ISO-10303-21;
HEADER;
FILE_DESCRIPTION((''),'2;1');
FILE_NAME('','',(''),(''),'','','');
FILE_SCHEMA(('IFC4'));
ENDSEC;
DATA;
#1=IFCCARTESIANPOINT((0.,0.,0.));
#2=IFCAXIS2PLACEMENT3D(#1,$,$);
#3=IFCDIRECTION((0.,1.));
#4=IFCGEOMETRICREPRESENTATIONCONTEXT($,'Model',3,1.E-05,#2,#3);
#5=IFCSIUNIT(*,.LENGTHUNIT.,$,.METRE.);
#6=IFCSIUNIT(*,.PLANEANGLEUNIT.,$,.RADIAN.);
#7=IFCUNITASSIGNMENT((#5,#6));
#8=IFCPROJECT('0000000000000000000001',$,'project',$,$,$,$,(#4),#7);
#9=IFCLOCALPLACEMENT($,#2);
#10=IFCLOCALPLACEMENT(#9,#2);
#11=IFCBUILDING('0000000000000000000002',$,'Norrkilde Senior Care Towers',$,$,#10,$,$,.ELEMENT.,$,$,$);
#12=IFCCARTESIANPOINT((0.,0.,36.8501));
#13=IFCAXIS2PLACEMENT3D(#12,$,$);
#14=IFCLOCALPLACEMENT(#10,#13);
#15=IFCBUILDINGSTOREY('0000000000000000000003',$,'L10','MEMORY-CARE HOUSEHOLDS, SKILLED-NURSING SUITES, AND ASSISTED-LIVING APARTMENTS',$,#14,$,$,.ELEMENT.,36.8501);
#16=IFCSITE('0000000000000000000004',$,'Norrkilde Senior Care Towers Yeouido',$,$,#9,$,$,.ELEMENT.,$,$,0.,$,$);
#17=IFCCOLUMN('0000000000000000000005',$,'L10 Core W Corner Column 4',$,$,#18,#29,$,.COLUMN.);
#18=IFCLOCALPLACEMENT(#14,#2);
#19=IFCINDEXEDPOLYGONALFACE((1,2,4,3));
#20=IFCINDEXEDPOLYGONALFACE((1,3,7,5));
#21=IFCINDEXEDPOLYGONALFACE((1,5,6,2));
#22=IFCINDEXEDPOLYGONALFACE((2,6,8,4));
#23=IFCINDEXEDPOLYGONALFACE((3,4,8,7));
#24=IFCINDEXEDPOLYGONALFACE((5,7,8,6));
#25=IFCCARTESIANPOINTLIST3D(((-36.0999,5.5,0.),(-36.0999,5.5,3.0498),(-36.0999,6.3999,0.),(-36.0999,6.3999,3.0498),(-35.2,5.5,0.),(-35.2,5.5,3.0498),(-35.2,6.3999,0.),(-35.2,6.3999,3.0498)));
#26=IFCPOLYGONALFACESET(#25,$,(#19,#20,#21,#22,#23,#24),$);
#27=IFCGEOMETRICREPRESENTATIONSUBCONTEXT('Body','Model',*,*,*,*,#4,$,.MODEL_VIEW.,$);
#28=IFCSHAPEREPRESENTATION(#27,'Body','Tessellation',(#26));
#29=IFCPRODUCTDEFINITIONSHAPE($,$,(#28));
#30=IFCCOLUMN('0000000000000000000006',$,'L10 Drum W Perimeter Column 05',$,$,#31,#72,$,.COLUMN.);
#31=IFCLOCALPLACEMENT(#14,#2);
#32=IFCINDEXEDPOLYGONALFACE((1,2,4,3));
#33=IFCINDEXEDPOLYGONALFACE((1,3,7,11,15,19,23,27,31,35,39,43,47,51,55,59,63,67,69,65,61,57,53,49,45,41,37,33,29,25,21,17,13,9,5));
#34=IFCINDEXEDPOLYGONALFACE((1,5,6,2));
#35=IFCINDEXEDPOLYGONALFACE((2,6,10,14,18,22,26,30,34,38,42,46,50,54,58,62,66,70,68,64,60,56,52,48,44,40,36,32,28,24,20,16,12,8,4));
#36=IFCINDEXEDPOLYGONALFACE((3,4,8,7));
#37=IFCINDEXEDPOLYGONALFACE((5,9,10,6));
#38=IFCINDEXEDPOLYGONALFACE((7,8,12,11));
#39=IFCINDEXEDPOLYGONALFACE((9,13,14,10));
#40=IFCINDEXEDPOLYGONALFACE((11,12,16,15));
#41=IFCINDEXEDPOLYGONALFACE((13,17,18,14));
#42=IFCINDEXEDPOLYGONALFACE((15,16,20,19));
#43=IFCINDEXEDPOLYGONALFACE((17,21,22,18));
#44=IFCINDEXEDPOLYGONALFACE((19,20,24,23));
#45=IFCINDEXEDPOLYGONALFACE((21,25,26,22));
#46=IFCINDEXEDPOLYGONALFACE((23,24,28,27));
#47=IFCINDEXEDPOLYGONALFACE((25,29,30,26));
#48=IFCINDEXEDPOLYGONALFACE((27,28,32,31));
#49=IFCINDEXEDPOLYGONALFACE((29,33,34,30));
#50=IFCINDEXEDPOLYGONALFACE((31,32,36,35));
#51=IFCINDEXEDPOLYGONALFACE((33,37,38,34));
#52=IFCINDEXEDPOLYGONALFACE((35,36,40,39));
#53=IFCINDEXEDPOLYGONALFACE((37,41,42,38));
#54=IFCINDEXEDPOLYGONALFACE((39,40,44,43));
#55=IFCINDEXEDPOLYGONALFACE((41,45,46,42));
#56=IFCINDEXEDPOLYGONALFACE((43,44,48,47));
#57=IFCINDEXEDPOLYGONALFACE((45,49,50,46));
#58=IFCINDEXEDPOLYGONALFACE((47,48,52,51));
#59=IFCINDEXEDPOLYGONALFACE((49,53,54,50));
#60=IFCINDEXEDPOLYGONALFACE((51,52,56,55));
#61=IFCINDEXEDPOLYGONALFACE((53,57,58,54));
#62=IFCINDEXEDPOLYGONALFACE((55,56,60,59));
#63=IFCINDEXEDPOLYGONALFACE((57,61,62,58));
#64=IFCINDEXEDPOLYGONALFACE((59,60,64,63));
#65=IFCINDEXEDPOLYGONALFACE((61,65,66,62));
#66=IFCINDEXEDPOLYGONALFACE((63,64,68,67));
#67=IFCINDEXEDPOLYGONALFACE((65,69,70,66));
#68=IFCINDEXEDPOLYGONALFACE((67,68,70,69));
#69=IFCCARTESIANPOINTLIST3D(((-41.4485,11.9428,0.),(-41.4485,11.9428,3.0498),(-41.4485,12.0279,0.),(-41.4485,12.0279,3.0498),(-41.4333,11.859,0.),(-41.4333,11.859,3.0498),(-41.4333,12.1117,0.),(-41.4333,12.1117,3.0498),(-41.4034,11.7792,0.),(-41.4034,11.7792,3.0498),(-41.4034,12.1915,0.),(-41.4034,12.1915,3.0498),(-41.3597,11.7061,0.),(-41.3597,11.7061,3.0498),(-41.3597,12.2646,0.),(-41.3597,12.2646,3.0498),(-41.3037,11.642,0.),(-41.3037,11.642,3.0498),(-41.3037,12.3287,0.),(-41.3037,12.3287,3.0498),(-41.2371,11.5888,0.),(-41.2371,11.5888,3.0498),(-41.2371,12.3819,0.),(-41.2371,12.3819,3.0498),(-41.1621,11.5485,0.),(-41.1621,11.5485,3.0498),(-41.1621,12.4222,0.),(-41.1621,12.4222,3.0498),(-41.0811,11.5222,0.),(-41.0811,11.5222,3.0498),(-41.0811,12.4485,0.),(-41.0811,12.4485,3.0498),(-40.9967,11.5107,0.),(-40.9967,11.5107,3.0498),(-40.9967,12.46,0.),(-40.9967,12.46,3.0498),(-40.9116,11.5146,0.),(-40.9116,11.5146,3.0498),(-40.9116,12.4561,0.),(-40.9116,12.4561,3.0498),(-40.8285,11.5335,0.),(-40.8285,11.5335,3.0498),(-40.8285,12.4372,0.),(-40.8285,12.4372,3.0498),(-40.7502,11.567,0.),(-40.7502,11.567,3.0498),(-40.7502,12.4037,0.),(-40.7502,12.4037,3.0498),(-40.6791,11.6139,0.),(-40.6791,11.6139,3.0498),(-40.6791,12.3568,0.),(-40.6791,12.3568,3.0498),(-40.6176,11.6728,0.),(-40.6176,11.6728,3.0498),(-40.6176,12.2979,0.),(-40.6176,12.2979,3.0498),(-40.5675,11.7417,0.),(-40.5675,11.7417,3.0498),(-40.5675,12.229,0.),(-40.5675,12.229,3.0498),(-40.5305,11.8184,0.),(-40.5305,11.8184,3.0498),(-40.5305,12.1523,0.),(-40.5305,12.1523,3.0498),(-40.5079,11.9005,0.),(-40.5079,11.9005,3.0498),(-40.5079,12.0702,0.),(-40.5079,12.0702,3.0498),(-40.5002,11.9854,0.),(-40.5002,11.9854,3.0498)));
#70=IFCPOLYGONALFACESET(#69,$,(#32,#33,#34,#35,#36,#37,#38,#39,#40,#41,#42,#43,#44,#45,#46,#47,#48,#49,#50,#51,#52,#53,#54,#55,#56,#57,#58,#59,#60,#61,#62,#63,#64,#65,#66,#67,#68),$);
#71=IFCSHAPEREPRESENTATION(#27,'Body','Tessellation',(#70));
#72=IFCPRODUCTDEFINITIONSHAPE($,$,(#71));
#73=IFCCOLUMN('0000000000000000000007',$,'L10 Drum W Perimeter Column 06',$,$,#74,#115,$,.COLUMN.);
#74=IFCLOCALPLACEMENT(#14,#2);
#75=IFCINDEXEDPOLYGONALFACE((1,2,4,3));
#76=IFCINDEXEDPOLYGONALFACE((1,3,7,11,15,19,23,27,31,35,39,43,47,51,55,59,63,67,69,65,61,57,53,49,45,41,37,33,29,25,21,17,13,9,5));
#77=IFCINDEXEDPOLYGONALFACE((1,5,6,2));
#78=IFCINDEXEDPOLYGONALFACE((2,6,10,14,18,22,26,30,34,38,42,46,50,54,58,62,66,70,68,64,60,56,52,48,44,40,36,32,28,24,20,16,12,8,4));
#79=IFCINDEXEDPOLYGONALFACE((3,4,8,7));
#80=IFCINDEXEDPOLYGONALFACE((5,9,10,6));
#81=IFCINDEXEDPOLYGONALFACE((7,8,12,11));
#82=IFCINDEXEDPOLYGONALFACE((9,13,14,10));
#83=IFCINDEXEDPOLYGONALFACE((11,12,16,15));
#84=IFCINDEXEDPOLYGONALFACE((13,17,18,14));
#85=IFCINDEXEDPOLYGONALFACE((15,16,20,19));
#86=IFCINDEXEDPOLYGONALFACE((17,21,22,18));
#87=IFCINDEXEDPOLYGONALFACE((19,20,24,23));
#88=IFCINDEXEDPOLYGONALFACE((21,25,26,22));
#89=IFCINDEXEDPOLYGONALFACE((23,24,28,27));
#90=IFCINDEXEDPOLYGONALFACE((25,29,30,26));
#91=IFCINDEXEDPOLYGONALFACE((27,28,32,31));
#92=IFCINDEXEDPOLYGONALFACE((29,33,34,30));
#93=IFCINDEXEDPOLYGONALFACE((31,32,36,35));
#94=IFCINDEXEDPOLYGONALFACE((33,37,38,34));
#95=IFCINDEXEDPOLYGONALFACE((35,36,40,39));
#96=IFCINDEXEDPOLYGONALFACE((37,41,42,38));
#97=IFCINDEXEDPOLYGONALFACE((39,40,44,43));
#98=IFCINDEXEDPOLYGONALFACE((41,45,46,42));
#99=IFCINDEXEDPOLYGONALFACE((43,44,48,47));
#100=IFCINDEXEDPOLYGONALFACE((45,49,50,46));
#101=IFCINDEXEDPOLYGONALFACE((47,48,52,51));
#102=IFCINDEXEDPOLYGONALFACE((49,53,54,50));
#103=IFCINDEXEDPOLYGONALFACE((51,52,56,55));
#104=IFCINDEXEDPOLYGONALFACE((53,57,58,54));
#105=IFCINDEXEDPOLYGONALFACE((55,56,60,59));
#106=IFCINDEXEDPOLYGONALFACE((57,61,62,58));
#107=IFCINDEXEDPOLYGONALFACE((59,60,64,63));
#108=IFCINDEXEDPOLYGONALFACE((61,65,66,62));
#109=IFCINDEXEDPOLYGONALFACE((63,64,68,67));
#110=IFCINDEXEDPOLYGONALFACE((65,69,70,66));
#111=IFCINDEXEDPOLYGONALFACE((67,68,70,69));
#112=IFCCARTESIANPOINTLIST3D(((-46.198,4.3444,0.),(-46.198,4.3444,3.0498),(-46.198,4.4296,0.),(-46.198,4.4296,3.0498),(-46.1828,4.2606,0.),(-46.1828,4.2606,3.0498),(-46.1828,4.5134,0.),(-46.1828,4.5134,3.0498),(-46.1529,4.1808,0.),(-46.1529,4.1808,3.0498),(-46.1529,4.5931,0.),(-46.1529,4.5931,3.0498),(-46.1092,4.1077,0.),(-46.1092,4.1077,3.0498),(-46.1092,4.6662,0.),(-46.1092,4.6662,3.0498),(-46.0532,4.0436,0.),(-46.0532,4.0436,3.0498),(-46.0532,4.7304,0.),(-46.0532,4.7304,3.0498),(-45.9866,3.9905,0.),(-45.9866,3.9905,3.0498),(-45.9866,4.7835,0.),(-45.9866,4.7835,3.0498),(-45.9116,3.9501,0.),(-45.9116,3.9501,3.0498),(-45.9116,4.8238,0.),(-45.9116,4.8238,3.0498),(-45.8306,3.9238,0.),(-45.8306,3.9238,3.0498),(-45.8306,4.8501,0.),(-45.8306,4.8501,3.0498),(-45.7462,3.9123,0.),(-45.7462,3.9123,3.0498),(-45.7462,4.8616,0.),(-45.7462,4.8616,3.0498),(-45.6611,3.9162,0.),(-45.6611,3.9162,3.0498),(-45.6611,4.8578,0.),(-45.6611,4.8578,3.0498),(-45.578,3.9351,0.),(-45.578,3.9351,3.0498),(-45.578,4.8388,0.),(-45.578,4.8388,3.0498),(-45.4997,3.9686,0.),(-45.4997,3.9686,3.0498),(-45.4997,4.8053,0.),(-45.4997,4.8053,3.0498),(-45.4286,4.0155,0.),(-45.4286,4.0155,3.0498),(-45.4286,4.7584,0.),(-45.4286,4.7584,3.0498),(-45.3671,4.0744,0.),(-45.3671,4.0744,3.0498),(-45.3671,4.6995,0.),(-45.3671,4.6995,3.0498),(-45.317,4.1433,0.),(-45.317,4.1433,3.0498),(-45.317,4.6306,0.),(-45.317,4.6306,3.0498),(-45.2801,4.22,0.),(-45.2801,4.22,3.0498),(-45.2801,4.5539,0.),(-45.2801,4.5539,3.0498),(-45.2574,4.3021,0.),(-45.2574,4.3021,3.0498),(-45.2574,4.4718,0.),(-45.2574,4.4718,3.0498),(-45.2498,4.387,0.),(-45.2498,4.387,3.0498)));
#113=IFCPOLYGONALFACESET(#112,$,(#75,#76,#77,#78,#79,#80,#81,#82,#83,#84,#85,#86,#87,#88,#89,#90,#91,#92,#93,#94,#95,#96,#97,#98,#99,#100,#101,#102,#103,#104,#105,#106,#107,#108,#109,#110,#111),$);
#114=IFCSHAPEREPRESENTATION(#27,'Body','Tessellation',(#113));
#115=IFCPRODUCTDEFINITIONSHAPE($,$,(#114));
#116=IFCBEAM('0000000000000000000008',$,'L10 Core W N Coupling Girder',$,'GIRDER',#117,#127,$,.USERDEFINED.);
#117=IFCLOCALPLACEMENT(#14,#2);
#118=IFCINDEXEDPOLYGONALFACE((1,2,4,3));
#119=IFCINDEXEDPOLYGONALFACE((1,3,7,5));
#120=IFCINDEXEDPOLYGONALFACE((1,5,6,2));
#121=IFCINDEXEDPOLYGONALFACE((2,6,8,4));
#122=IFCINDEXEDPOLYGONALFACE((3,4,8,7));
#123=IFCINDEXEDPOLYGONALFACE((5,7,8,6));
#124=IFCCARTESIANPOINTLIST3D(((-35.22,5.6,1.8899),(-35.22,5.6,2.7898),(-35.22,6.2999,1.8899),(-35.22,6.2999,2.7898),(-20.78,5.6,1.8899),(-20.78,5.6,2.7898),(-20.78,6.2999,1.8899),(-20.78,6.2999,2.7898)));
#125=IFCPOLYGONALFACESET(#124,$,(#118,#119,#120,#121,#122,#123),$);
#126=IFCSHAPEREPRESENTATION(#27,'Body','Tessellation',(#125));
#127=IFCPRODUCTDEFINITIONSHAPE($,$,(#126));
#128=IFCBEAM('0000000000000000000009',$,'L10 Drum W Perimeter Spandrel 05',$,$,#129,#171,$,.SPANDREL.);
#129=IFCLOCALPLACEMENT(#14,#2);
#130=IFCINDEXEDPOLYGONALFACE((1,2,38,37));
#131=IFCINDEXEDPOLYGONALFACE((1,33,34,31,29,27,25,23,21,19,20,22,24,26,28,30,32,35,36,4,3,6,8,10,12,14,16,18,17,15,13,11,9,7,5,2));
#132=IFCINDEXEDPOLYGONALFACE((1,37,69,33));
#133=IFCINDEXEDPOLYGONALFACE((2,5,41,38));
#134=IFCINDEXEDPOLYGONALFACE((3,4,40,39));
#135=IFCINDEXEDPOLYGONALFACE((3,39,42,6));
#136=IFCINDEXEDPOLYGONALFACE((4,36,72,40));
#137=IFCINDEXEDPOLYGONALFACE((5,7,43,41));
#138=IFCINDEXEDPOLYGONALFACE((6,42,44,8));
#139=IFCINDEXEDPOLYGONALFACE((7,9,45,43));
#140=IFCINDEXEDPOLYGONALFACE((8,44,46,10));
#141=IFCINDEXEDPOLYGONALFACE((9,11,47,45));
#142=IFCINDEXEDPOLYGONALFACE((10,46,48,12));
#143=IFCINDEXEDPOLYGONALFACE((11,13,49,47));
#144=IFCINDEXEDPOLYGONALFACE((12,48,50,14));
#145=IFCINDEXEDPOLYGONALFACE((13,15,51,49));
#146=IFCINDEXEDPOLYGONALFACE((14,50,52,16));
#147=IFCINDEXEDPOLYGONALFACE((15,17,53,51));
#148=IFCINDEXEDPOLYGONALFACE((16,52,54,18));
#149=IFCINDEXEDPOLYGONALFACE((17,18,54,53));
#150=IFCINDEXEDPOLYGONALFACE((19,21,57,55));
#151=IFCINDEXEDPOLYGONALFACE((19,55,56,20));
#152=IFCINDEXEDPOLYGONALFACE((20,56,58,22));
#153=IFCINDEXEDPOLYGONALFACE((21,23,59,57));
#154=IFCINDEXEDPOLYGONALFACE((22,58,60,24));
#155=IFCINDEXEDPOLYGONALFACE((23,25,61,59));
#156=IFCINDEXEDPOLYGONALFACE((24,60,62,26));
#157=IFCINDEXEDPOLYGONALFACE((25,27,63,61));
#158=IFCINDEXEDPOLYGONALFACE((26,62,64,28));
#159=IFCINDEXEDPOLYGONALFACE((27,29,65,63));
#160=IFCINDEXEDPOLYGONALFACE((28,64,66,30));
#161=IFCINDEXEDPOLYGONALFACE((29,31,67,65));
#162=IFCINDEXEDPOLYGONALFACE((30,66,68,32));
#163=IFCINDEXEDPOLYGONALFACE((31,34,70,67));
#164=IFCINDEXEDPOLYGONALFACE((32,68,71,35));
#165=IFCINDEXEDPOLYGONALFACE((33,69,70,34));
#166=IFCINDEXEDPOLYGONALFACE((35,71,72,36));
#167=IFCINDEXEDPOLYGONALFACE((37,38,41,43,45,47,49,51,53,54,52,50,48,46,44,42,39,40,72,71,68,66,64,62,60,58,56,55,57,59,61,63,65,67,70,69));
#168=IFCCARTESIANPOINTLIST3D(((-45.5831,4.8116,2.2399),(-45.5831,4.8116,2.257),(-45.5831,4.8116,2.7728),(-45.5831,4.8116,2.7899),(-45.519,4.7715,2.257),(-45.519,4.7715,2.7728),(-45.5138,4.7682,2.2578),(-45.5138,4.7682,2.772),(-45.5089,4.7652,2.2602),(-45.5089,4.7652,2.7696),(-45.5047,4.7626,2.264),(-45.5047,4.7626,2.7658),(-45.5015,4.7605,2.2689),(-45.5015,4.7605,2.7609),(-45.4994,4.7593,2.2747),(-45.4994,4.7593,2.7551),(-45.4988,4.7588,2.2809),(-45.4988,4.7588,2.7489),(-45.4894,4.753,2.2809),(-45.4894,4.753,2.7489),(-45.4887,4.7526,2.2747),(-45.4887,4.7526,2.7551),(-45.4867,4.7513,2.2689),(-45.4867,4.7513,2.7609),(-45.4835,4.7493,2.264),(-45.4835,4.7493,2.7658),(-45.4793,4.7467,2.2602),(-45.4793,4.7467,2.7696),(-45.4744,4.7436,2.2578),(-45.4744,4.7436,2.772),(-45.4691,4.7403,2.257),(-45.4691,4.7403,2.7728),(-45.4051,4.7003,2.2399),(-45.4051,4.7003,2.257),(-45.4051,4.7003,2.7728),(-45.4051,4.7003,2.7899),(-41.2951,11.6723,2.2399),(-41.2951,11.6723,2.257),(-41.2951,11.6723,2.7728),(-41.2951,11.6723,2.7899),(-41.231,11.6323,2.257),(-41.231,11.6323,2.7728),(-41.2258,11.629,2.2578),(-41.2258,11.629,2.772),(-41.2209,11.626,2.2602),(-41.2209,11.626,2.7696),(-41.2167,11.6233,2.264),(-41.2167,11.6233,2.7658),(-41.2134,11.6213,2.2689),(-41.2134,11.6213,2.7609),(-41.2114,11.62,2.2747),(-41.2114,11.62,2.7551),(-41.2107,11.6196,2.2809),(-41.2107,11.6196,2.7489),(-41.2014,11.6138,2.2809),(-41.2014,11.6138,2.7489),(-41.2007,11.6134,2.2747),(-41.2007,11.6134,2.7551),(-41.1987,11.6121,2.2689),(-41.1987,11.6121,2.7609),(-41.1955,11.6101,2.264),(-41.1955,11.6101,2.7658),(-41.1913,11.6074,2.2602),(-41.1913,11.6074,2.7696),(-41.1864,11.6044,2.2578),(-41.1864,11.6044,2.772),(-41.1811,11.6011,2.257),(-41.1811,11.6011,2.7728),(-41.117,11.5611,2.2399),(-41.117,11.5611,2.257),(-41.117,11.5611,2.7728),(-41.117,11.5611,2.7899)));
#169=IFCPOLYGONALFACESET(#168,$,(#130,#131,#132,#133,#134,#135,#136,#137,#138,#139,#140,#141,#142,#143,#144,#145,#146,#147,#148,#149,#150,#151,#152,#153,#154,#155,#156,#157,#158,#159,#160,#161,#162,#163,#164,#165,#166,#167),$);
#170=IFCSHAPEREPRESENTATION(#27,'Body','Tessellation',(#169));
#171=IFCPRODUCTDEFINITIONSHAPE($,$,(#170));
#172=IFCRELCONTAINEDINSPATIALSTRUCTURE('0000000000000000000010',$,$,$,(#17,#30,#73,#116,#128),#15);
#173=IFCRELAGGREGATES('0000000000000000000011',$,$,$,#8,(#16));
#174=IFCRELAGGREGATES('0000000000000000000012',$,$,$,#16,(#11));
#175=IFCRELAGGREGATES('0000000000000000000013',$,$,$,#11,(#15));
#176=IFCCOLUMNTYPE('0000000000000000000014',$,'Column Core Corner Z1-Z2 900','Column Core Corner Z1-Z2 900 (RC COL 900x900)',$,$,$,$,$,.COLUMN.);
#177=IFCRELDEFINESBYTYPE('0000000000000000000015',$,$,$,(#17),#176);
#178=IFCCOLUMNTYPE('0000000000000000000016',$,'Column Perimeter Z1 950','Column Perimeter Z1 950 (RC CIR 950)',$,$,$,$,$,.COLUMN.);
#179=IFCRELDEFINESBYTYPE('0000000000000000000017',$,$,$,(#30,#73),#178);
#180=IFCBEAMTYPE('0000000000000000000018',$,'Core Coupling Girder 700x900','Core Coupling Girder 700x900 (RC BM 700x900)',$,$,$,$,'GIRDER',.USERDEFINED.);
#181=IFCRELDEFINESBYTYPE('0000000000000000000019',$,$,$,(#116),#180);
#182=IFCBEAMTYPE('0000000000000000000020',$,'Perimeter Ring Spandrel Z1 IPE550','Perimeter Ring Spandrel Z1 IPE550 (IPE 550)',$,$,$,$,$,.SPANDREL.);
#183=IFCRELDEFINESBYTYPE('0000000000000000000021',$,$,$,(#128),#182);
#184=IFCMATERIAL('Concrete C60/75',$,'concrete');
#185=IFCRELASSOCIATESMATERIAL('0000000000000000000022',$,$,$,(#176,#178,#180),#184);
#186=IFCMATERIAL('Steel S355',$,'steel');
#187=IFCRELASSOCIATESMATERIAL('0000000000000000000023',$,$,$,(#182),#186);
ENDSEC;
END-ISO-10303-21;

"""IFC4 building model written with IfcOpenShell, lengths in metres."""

from ifc_helpers import new_model, si_unit, direction, frame, origin, origin_2d, place, context, subcontext, project, spatial, rectangle, circle, i_section, extrude, source, transform, mapped, material, material_profile, profile_set, type_object, type_shapes, element, save


model = new_model("IFC4")

# Units and contexts
model_context = context("Model", 3, precision=1e-05, world=origin(), true_north=direction((0.0, 1.0)))
body_context = subcontext(model_context, "Body", "Model", "MODEL_VIEW")
ifc_project = project(units=[si_unit("LENGTHUNIT", "METRE"), si_unit("PLANEANGLEUNIT", "RADIAN")], contexts=[model_context])

# Site, building, storey
site_placement = place(None, origin())
site = spatial("IfcSite", under=ifc_project, at=site_placement, Name="Norrkilde Senior Care Towers Yeouido", CompositionType="ELEMENT", RefElevation=0.0)
building_placement = place(site_placement, origin())
building = spatial("IfcBuilding", under=site, at=building_placement, Name="Norrkilde Senior Care Towers", CompositionType="ELEMENT")
storey_placement = place(building_placement, frame((0.0, 0.0, 36.8501)))
storey = spatial("IfcBuildingStorey", under=building, at=storey_placement, Name="L10", Description="MEMORY-CARE HOUSEHOLDS, SKILLED-NURSING SUITES, AND ASSISTED-LIVING APARTMENTS", CompositionType="ELEMENT", Elevation=36.8501)

# Columns
ifc_material_1 = material(Name="Concrete C60/75", Category="concrete")
ifc_material_profile_1 = material_profile(ifc_material_1, rectangle(XDim=0.8999, YDim=0.8999, at=origin_2d()), Name="RC COL 900x900")
ifc_profile_set_1 = profile_set([ifc_material_profile_1], Name="Concrete C60/75")
column_type_1 = type_object("IfcColumnType", Name="Column Core Corner Z1-Z2 900", Description="Column Core Corner Z1-Z2 900 (RC COL 900x900)", PredefinedType="COLUMN", material=ifc_profile_set_1)
shared_shape_1 = source(origin(), body_context, "Body", "SweptSolid", [
    extrude(rectangle(XDim=0.8999, YDim=0.8999, at=origin_2d()), origin(), (0.0, 0.0, 1.0), 3.0498),
])
type_shapes(column_type_1, [shared_shape_1])
column_placement = place(storey_placement, frame((-35.6499, 5.95, 0.0), z_axis=(0.0, 0.0, 1.0), x_axis=(1.0, 0.0, 0.0)))
element("IfcColumn", 1, at=column_placement, inside=storey, type_object=column_type_1, Name="L10 Core W Corner Column 4", PredefinedType="COLUMN", context=body_context, shape_type="MappedRepresentation", body=[
    mapped(shared_shape_1, transform((0.0, 0.0, 0.0), x_axis=(1.0, 0.0, 0.0), y_axis=(0.0, 1.0, 0.0), z_axis=(0.0, 0.0, 1.0), scale=1.0)),
])
ifc_material_profile_2 = material_profile(ifc_material_1, circle(Radius=0.4751, at=origin_2d()), Name="RC CIR 950")
ifc_profile_set_2 = profile_set([ifc_material_profile_2], Name="Concrete C60/75")
column_type_2 = type_object("IfcColumnType", Name="Column Perimeter Z1 950", Description="Column Perimeter Z1 950 (RC CIR 950)", PredefinedType="COLUMN", material=ifc_profile_set_2)
shared_shape_2 = source(origin(), body_context, "Body", "SweptSolid", [
    extrude(circle(Radius=0.4751, at=origin_2d()), origin(), (0.0, 0.0, 1.0), 3.0498),
])
type_shapes(column_type_2, [shared_shape_2])
for number, where, z_axis, x_axis, name in (
    (2, (-40.9753, 11.9854, 0.0), (0.0, 0.0, 1.0), (1.0, 0.0, 0.0), "L10 Drum W Perimeter Column 05"),
    (3, (-45.7249, 4.387, 0.0), (0.0, 0.0, 1.0), (1.0, 0.0, 0.0), "L10 Drum W Perimeter Column 06"),
):
    element("IfcColumn", number, at=place(storey_placement, frame(where, z_axis=z_axis, x_axis=x_axis)), inside=storey, type_object=column_type_2, Name=name, PredefinedType="COLUMN", context=body_context, shape_type="MappedRepresentation", body=[
        mapped(shared_shape_2, transform((0.0, 0.0, 0.0), x_axis=(1.0, 0.0, 0.0), y_axis=(0.0, 1.0, 0.0), z_axis=(0.0, 0.0, 1.0), scale=1.0)),
    ])

# Beams
ifc_material_profile_3 = material_profile(ifc_material_1, rectangle(XDim=0.7, YDim=0.8999, at=origin_2d()), Name="RC BM 700x900")
ifc_profile_set_3 = profile_set([ifc_material_profile_3], Name="Concrete C60/75")
beam_type_1 = type_object("IfcBeamType", Name="Core Coupling Girder 700x900", Description="Core Coupling Girder 700x900 (RC BM 700x900)", ElementType="GIRDER", PredefinedType="USERDEFINED", material=ifc_profile_set_3)
shared_shape_3 = source(origin(), body_context, "Body", "SweptSolid", [
    extrude(rectangle(XDim=0.7, YDim=0.8999, at=origin_2d()), origin(), (0.0, 0.0, 1.0), 14.4399),
])
type_shapes(beam_type_1, [shared_shape_3])
beam_1_placement = place(storey_placement, frame((-35.22, 5.95, 2.3398), z_axis=(1.0, 0.0, 0.0), x_axis=(0.0, 1.0, 0.0)))
element("IfcBeam", 4, at=beam_1_placement, inside=storey, type_object=beam_type_1, Name="L10 Core W N Coupling Girder", ObjectType="GIRDER", PredefinedType="USERDEFINED", context=body_context, shape_type="MappedRepresentation", body=[
    mapped(shared_shape_3, transform((0.0, 0.0, 0.0), x_axis=(1.0, 0.0, 0.0), y_axis=(0.0, 1.0, 0.0), z_axis=(0.0, 0.0, 1.0), scale=1.0)),
])
ifc_material_2 = material(Name="Steel S355", Category="steel")
ifc_material_profile_4 = material_profile(ifc_material_2, i_section(OverallWidth=0.21, OverallDepth=0.55, WebThickness=0.011, FlangeThickness=0.0171, FilletRadius=0.0239, at=origin_2d()), Name="IPE 550")
ifc_profile_set_4 = profile_set([ifc_material_profile_4], Name="Steel S355")
beam_type_2 = type_object("IfcBeamType", Name="Perimeter Ring Spandrel Z1 IPE550", Description="Perimeter Ring Spandrel Z1 IPE550 (IPE 550)", PredefinedType="SPANDREL", material=ifc_profile_set_4)
shared_shape_4 = source(origin(), body_context, "Body", "SweptSolid", [
    extrude(i_section(OverallWidth=0.21, OverallDepth=0.55, WebThickness=0.011, FlangeThickness=0.0171, FilletRadius=0.0239, at=origin_2d()), origin(), (0.0, 0.0, 1.0), 8.0906),
])
beam_2_placement = place(storey_placement, frame((-41.2061, 11.6167, 2.5149), z_axis=(-0.530004, -0.847995, 0.0), x_axis=(0.847995, -0.530004, 0.0)))
element("IfcBeam", 5, at=beam_2_placement, inside=storey, type_object=beam_type_2, Name="L10 Drum W Perimeter Spandrel 05", PredefinedType="SPANDREL", context=body_context, shape_type="MappedRepresentation", body=[
    mapped(shared_shape_4, transform((0.0, 0.0, 0.0), x_axis=(1.0, 0.0, 0.0), y_axis=(0.0, 1.0, 0.0), z_axis=(0.0, 0.0, 1.0), scale=1.0)),
])

save(model, "model.ifc")
